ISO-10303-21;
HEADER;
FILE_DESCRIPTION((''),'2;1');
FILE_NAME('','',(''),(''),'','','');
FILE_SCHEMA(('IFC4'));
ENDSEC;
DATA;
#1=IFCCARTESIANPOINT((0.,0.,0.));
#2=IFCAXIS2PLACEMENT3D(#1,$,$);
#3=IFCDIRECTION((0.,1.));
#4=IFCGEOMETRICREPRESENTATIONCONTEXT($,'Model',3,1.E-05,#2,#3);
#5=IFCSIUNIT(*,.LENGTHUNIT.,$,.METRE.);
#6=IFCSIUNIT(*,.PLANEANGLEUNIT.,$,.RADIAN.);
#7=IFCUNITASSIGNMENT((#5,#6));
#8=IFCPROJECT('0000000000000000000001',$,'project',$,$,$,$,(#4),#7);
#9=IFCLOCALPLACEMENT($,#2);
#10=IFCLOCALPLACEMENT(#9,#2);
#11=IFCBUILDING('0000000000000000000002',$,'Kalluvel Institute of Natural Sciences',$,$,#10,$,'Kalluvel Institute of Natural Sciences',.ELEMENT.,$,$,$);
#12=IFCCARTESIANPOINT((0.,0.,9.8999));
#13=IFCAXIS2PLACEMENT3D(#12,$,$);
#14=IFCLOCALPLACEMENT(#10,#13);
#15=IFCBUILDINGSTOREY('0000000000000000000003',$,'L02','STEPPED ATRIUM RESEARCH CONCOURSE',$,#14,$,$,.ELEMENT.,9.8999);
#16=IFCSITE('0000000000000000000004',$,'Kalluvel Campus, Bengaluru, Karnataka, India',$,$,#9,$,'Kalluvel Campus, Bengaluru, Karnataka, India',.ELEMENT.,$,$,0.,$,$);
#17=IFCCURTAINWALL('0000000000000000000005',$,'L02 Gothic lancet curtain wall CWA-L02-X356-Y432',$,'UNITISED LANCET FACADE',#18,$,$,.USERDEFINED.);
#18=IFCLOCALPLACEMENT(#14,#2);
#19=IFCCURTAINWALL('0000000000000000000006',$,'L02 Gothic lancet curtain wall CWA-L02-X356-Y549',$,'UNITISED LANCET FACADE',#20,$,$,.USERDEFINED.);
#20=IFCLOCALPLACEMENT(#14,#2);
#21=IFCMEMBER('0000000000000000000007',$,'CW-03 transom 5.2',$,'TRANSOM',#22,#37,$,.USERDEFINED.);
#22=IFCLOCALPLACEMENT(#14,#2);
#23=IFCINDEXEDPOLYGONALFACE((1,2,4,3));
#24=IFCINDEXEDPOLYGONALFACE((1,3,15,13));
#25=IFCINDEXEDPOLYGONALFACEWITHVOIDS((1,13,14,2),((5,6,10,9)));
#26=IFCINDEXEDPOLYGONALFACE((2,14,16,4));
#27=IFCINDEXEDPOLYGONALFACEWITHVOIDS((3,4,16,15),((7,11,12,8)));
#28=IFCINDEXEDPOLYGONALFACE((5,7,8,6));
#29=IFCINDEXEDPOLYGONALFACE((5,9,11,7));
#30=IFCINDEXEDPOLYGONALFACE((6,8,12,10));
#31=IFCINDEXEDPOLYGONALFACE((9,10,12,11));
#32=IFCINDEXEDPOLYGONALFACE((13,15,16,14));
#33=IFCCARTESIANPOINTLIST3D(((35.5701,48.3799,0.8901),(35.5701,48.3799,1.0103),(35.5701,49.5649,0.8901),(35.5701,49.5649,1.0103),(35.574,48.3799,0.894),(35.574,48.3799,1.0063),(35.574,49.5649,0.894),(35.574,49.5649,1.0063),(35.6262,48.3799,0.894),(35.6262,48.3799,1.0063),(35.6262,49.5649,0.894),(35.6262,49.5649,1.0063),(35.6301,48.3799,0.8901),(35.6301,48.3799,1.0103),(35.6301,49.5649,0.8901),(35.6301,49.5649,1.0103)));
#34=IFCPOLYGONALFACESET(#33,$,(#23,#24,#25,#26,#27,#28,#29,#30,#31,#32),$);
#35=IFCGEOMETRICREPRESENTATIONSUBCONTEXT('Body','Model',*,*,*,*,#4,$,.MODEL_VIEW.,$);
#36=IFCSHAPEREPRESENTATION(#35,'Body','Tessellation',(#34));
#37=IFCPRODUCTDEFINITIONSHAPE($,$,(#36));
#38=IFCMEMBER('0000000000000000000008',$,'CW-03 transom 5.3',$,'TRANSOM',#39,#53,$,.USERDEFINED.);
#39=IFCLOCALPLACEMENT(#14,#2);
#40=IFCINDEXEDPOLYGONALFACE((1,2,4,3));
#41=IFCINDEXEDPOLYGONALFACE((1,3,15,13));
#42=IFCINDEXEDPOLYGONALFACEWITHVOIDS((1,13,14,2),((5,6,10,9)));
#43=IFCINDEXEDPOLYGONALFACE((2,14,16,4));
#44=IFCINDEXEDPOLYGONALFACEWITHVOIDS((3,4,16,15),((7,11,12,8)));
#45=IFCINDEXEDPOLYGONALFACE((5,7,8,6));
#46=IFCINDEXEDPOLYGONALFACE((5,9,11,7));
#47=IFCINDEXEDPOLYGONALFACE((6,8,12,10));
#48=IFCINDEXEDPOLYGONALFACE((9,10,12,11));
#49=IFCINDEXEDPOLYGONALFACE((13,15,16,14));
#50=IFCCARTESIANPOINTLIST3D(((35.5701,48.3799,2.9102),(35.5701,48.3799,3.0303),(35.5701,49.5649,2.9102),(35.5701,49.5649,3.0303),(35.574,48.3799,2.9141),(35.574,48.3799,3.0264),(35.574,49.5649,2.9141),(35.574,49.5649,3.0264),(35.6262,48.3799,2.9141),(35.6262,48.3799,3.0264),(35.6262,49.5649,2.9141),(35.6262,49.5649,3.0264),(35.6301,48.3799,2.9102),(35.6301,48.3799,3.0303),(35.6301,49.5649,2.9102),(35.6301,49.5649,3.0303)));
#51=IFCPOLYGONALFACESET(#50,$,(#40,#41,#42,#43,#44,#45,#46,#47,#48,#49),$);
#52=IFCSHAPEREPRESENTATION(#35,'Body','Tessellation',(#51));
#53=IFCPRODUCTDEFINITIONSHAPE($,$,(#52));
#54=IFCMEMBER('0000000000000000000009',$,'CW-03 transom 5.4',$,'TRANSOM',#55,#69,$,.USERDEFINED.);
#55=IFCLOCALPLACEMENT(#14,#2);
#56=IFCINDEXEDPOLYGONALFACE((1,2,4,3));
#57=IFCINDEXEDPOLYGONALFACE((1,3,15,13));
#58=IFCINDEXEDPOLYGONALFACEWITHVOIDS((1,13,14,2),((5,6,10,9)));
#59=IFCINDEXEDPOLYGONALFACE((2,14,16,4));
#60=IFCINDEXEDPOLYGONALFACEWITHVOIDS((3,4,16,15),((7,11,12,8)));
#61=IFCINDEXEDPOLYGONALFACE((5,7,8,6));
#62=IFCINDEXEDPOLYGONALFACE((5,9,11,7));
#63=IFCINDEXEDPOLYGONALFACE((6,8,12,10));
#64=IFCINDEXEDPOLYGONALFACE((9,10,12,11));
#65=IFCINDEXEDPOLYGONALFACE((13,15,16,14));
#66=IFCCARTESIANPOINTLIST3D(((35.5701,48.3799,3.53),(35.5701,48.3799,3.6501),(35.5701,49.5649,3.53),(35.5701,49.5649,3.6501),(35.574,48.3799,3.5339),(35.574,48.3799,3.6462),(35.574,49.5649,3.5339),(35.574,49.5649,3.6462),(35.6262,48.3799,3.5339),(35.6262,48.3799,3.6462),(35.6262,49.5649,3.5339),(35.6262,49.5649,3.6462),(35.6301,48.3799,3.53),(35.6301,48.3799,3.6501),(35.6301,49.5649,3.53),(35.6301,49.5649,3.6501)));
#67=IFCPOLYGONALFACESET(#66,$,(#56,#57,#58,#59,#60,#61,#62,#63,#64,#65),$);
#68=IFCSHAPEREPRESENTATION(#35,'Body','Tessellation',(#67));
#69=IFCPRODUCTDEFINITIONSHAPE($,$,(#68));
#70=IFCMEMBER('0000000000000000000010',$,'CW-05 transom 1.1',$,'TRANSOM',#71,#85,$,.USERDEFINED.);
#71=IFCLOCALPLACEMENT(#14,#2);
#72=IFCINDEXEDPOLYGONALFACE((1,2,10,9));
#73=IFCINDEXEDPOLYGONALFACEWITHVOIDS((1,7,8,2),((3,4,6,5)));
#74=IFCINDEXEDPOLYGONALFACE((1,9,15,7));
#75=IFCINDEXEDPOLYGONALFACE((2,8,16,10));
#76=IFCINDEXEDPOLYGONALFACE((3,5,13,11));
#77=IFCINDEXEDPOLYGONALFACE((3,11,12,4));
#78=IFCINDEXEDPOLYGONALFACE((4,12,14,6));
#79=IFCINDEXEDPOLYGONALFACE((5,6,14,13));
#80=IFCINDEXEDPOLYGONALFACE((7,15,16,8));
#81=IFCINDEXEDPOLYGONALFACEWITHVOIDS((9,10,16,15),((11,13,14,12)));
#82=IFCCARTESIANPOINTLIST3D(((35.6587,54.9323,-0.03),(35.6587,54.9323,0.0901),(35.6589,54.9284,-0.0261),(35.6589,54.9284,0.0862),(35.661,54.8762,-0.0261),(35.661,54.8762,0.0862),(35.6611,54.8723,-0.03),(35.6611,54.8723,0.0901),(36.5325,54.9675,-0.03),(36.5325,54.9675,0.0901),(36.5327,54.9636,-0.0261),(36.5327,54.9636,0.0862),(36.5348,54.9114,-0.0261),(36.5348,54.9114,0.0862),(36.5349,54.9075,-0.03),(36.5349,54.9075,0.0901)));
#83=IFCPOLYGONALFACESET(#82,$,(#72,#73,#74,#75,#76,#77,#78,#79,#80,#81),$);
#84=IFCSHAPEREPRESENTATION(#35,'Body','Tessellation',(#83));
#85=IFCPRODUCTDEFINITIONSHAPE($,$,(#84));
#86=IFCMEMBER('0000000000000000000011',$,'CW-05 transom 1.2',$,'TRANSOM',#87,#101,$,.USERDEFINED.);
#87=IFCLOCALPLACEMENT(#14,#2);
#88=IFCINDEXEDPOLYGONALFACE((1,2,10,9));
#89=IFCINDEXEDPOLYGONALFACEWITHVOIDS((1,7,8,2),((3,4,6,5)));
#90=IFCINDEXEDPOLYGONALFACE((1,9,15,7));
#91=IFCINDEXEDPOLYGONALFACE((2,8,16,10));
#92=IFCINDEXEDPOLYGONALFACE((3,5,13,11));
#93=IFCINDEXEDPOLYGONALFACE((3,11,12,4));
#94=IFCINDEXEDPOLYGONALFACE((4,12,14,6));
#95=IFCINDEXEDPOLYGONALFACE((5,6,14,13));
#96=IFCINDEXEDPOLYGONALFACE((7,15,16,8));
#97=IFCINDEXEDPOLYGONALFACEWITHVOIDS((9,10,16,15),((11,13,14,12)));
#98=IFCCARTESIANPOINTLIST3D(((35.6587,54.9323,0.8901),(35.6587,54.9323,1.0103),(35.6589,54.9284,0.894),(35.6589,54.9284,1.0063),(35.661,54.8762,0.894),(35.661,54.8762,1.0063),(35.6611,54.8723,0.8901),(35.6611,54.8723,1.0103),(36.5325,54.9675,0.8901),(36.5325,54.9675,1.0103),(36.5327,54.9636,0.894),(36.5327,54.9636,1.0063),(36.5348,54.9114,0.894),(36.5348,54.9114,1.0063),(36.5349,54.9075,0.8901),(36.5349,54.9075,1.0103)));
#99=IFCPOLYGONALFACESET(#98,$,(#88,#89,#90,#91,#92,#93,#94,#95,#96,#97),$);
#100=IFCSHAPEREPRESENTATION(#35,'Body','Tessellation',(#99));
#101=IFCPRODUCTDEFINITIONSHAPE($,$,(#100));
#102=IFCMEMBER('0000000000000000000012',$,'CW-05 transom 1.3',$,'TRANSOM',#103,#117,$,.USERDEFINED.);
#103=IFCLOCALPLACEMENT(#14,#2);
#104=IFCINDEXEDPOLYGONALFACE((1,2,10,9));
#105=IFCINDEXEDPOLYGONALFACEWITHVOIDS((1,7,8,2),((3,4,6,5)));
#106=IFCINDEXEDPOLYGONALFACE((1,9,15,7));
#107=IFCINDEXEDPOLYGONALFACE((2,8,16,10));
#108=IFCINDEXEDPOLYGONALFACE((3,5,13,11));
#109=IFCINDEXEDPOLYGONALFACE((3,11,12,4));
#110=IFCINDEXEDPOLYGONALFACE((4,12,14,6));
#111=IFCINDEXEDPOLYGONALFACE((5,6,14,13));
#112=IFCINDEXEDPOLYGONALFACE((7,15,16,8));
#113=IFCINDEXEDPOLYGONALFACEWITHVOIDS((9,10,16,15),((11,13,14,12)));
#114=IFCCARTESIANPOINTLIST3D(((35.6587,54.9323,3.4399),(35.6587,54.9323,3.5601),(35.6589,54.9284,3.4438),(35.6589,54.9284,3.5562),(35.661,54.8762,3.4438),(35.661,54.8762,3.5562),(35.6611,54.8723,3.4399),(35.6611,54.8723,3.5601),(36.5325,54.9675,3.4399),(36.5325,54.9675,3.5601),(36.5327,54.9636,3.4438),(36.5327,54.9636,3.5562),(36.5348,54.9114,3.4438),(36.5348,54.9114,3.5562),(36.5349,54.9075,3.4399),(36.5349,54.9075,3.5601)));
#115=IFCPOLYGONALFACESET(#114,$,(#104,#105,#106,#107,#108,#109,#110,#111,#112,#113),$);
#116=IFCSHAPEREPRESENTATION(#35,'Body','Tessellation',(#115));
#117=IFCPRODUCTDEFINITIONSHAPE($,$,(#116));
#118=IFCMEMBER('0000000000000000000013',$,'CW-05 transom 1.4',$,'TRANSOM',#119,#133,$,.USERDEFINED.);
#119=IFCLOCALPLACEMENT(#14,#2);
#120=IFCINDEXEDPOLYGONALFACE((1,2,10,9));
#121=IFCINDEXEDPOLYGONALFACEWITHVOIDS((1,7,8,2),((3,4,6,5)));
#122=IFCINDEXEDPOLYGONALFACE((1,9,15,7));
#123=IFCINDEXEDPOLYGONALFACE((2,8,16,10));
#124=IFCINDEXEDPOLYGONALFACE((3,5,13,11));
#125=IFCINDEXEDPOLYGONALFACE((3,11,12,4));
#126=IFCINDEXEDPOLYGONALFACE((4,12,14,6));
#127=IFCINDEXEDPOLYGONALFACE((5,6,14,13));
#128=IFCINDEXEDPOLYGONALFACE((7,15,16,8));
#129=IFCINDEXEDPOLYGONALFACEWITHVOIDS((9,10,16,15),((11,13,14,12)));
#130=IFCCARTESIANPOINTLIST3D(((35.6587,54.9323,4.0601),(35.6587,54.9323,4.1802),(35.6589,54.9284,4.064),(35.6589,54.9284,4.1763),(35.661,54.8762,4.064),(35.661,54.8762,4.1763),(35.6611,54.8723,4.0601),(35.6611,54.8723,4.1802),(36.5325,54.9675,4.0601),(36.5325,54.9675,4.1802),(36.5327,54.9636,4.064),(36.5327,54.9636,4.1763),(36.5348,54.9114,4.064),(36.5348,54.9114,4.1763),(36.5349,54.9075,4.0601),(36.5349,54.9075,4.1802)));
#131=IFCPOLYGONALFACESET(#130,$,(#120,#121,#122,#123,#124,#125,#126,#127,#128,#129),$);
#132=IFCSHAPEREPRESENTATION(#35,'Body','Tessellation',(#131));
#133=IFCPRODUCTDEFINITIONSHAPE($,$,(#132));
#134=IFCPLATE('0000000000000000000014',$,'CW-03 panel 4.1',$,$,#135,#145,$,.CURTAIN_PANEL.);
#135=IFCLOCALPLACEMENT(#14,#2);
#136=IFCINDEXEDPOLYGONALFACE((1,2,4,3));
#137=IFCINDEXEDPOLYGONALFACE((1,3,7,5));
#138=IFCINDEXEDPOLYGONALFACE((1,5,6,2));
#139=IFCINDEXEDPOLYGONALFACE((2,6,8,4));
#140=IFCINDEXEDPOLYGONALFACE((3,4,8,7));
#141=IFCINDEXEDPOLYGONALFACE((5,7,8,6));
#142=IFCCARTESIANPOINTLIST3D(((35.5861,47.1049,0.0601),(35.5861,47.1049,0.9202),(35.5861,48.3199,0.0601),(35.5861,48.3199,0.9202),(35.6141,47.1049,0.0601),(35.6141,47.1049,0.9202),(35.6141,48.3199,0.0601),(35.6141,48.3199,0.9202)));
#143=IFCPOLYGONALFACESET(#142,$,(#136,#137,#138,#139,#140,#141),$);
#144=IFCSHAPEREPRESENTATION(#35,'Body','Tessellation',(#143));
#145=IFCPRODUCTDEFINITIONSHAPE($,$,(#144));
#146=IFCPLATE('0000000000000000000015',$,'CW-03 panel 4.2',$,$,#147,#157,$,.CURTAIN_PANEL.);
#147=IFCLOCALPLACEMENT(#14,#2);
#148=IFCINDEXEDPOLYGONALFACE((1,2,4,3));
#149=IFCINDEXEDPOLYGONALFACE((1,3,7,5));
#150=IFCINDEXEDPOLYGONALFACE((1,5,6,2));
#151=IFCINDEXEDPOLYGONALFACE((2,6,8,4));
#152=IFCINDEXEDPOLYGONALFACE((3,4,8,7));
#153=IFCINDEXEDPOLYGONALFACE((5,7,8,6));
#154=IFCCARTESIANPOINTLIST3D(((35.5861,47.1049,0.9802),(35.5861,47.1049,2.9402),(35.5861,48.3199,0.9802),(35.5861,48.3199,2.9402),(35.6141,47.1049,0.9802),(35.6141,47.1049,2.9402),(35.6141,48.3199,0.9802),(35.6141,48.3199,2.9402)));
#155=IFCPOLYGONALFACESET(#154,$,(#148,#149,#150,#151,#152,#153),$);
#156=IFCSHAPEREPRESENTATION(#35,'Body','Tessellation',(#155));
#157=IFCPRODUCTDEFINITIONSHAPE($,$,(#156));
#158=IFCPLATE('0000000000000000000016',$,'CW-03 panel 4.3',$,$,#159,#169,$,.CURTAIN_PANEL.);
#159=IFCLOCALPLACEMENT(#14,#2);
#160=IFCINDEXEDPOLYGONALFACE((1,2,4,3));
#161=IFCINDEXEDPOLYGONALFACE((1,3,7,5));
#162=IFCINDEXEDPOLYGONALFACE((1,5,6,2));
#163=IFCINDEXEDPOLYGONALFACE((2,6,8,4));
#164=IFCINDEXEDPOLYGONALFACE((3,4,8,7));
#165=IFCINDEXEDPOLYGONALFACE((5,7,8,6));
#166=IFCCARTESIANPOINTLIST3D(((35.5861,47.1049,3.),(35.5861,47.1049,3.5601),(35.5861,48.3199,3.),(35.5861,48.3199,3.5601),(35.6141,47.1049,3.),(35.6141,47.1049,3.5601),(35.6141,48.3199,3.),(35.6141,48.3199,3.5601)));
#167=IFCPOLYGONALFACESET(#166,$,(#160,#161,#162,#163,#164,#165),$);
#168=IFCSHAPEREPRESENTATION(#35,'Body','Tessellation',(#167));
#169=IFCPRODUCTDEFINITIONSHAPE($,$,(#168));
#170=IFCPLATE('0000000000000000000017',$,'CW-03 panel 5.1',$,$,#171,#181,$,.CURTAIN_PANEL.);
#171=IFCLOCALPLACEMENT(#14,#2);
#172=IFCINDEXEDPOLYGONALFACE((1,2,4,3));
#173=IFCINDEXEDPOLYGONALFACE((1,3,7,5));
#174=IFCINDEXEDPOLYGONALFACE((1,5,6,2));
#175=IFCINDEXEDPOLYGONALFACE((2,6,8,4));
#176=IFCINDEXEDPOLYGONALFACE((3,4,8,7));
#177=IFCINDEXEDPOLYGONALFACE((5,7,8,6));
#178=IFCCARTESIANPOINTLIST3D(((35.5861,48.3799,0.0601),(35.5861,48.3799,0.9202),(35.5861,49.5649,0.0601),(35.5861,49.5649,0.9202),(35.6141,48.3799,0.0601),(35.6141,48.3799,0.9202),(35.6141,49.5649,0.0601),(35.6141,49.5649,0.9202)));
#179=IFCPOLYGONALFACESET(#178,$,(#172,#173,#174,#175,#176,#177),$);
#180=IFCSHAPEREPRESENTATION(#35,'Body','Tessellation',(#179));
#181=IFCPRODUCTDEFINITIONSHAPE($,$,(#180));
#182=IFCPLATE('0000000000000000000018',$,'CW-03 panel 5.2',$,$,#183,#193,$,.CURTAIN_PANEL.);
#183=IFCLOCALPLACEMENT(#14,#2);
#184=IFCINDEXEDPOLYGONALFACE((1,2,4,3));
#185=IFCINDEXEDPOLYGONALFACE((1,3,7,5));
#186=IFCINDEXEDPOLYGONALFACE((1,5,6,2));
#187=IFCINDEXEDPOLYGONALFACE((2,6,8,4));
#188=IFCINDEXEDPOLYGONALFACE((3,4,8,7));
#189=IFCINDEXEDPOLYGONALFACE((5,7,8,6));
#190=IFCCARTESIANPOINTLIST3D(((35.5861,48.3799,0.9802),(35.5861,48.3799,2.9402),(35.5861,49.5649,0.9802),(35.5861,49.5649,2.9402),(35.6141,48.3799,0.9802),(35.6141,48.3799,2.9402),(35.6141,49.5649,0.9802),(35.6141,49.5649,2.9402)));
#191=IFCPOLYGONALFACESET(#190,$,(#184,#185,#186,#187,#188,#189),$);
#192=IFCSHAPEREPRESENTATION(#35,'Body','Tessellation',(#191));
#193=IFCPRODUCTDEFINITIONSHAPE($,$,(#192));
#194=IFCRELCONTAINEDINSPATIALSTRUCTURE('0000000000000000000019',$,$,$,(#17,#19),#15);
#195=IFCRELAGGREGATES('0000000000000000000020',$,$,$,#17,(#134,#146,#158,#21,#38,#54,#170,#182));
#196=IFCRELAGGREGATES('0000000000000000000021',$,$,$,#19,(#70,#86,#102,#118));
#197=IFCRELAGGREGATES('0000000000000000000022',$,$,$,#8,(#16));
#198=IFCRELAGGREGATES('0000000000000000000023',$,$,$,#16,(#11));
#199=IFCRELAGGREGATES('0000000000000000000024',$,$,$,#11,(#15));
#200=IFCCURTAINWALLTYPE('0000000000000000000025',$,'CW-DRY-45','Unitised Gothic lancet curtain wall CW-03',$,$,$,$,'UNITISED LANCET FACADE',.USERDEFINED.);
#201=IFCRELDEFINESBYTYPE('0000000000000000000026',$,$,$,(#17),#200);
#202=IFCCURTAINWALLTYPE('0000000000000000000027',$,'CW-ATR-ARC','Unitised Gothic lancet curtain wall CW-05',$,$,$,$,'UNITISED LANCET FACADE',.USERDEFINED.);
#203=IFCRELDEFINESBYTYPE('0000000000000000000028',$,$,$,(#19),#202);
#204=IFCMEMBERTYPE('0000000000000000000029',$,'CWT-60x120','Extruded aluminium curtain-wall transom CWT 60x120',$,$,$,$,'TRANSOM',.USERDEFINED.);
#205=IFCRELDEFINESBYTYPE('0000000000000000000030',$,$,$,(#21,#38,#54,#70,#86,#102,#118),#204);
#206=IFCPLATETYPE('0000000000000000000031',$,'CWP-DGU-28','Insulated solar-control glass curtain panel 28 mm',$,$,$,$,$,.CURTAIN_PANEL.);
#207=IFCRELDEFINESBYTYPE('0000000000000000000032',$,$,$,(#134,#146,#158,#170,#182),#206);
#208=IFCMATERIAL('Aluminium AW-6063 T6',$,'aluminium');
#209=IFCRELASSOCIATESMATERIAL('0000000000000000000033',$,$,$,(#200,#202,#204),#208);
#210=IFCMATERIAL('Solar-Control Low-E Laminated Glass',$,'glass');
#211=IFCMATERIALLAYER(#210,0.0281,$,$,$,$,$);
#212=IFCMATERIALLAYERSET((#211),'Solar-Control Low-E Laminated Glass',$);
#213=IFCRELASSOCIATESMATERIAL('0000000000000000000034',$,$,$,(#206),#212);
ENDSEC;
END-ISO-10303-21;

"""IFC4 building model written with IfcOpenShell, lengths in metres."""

from ifc_helpers import new_model, si_unit, direction, frame, origin, origin_2d, place, context, subcontext, project, spatial, rectangle, hollow_rectangle, extrude, material, layer, layer_set, material_profile, profile_set, type_object, element, aggregate, save


model = new_model("IFC4")

# Units and contexts
model_context = context("Model", 3, precision=1e-05, world=origin(), true_north=direction((0.0, 1.0)))
body_context = subcontext(model_context, "Body", "Model", "MODEL_VIEW")
ifc_project = project(units=[si_unit("LENGTHUNIT", "METRE"), si_unit("PLANEANGLEUNIT", "RADIAN")], contexts=[model_context])

# Site, building, storey
site_placement = place(None, origin())
site = spatial("IfcSite", under=ifc_project, at=site_placement, Name="Kalluvel Campus, Bengaluru, Karnataka, India", LongName="Kalluvel Campus, Bengaluru, Karnataka, India", CompositionType="ELEMENT", RefElevation=0.0)
building_placement = place(site_placement, origin())
building = spatial("IfcBuilding", under=site, at=building_placement, Name="Kalluvel Institute of Natural Sciences", LongName="Kalluvel Institute of Natural Sciences", CompositionType="ELEMENT")
storey_placement = place(building_placement, frame((0.0, 0.0, 9.8999)))
storey = spatial("IfcBuildingStorey", under=building, at=storey_placement, Name="L02", Description="STEPPED ATRIUM RESEARCH CONCOURSE", CompositionType="ELEMENT", Elevation=9.8999)

# Curtain wall
ifc_material_1 = material(Name="Aluminium AW-6063 T6", Category="aluminium")
curtain_wall_type_1 = type_object("IfcCurtainWallType", Name="CW-DRY-45", Description="Unitised Gothic lancet curtain wall CW-03", ElementType="UNITISED LANCET FACADE", PredefinedType="USERDEFINED", material=ifc_material_1)
curtain_wall_1_placement = place(storey_placement, origin())
curtain_wall_1 = element("IfcCurtainWall", 1, at=curtain_wall_1_placement, inside=storey, type_object=curtain_wall_type_1, Name="L02 Gothic lancet curtain wall CWA-L02-X356-Y432", ObjectType="UNITISED LANCET FACADE", PredefinedType="USERDEFINED")

# Curtain wall
curtain_wall_type_2 = type_object("IfcCurtainWallType", Name="CW-ATR-ARC", Description="Unitised Gothic lancet curtain wall CW-05", ElementType="UNITISED LANCET FACADE", PredefinedType="USERDEFINED", material=ifc_material_1)
curtain_wall_2_placement = place(storey_placement, origin())
curtain_wall_2 = element("IfcCurtainWall", 2, at=curtain_wall_2_placement, inside=storey, type_object=curtain_wall_type_2, Name="L02 Gothic lancet curtain wall CWA-L02-X356-Y549", ObjectType="UNITISED LANCET FACADE", PredefinedType="USERDEFINED")

# Members
ifc_material_profile_1 = material_profile(ifc_material_1, hollow_rectangle(XDim=0.0601, YDim=0.1201, WallThickness=0.0039, at=origin_2d()), Name="CWT 60x120")
ifc_profile_set_1 = profile_set([ifc_material_profile_1], Name="Aluminium AW-6063 T6")
member_type_1 = type_object("IfcMemberType", Name="CWT-60x120", Description="Extruded aluminium curtain-wall transom CWT 60x120", ElementType="TRANSOM", PredefinedType="USERDEFINED", material=ifc_profile_set_1)
member_1_placement = place(storey_placement, frame((35.6001, 48.3799, 0.9502), z_axis=(0.0, 1.0, 0.0), x_axis=(-1.0, 0.0, 0.0)))
member_1 = element("IfcMember", 3, at=member_1_placement, type_object=member_type_1, Name="CW-03 transom 5.2", ObjectType="TRANSOM", PredefinedType="USERDEFINED", context=body_context, shape_type="SweptSolid", body=[
    extrude(hollow_rectangle(XDim=0.0601, YDim=0.1201, WallThickness=0.0039, at=origin_2d()), origin(), (0.0, 0.0, 1.0), 1.1851),
])
member_2_placement = place(storey_placement, frame((35.6001, 48.3799, 2.9702), z_axis=(0.0, 1.0, 0.0), x_axis=(-1.0, 0.0, 0.0)))
member_2 = element("IfcMember", 4, at=member_2_placement, type_object=member_type_1, Name="CW-03 transom 5.3", ObjectType="TRANSOM", PredefinedType="USERDEFINED", context=body_context, shape_type="SweptSolid", body=[
    extrude(hollow_rectangle(XDim=0.0601, YDim=0.1201, WallThickness=0.0039, at=origin_2d()), origin(), (0.0, 0.0, 1.0), 1.1851),
])
member_3_placement = place(storey_placement, frame((35.6001, 48.3799, 3.5901), z_axis=(0.0, 1.0, 0.0), x_axis=(-1.0, 0.0, 0.0)))
member_3 = element("IfcMember", 5, at=member_3_placement, type_object=member_type_1, Name="CW-03 transom 5.4", ObjectType="TRANSOM", PredefinedType="USERDEFINED", context=body_context, shape_type="SweptSolid", body=[
    extrude(hollow_rectangle(XDim=0.0601, YDim=0.1201, WallThickness=0.0039, at=origin_2d()), origin(), (0.0, 0.0, 1.0), 1.1851),
])
member_4_placement = place(storey_placement, frame((35.6599, 54.9023, 0.03), z_axis=(0.999192, 0.040202, 0.0), x_axis=(-0.040202, 0.999192, 0.0)))
member_4 = element("IfcMember", 6, at=member_4_placement, type_object=member_type_1, Name="CW-05 transom 1.1", ObjectType="TRANSOM", PredefinedType="USERDEFINED", context=body_context, shape_type="SweptSolid", body=[
    extrude(hollow_rectangle(XDim=0.0601, YDim=0.1201, WallThickness=0.0039, at=origin_2d()), origin(), (0.0, 0.0, 1.0), 0.8745),
])
member_5_placement = place(storey_placement, frame((35.6599, 54.9023, 0.9502), z_axis=(0.999192, 0.040202, 0.0), x_axis=(-0.040202, 0.999192, 0.0)))
member_5 = element("IfcMember", 7, at=member_5_placement, type_object=member_type_1, Name="CW-05 transom 1.2", ObjectType="TRANSOM", PredefinedType="USERDEFINED", context=body_context, shape_type="SweptSolid", body=[
    extrude(hollow_rectangle(XDim=0.0601, YDim=0.1201, WallThickness=0.0039, at=origin_2d()), origin(), (0.0, 0.0, 1.0), 0.8745),
])
member_6_placement = place(storey_placement, frame((35.6599, 54.9023, 3.5), z_axis=(0.999192, 0.040202, 0.0), x_axis=(-0.040202, 0.999192, 0.0)))
member_6 = element("IfcMember", 8, at=member_6_placement, type_object=member_type_1, Name="CW-05 transom 1.3", ObjectType="TRANSOM", PredefinedType="USERDEFINED", context=body_context, shape_type="SweptSolid", body=[
    extrude(hollow_rectangle(XDim=0.0601, YDim=0.1201, WallThickness=0.0039, at=origin_2d()), origin(), (0.0, 0.0, 1.0), 0.8745),
])
member_7_placement = place(storey_placement, frame((35.6599, 54.9023, 4.1201), z_axis=(0.999192, 0.040202, 0.0), x_axis=(-0.040202, 0.999192, 0.0)))
member_7 = element("IfcMember", 9, at=member_7_placement, type_object=member_type_1, Name="CW-05 transom 1.4", ObjectType="TRANSOM", PredefinedType="USERDEFINED", context=body_context, shape_type="SweptSolid", body=[
    extrude(hollow_rectangle(XDim=0.0601, YDim=0.1201, WallThickness=0.0039, at=origin_2d()), origin(), (0.0, 0.0, 1.0), 0.8745),
])

# Plates
ifc_material_2 = material(Name="Solar-Control Low-E Laminated Glass", Category="glass")
ifc_layer_1 = layer(ifc_material_2, 0.0281)
ifc_layer_set_1 = layer_set([ifc_layer_1], Name="Solar-Control Low-E Laminated Glass")
plate_type_1 = type_object("IfcPlateType", Name="CWP-DGU-28", Description="Insulated solar-control glass curtain panel 28 mm", PredefinedType="CURTAIN_PANEL", material=ifc_layer_set_1)
plate_1_placement = place(storey_placement, frame((35.6001, 47.7124, 0.0601), z_axis=(0.0, 0.0, 1.0), x_axis=(0.0, 1.0, 0.0)))
plate_1 = element("IfcPlate", 10, at=plate_1_placement, type_object=plate_type_1, Name="CW-03 panel 4.1", PredefinedType="CURTAIN_PANEL", context=body_context, shape_type="SweptSolid", body=[
    extrude(rectangle(XDim=1.2151, YDim=0.0281, at=origin_2d()), origin(), (0.0, 0.0, 1.0), 0.8601),
])
plate_2_placement = place(storey_placement, frame((35.6001, 47.7124, 0.9802), z_axis=(0.0, 0.0, 1.0), x_axis=(0.0, 1.0, 0.0)))
plate_2 = element("IfcPlate", 11, at=plate_2_placement, type_object=plate_type_1, Name="CW-03 panel 4.2", PredefinedType="CURTAIN_PANEL", context=body_context, shape_type="SweptSolid", body=[
    extrude(rectangle(XDim=1.2151, YDim=0.0281, at=origin_2d()), origin(), (0.0, 0.0, 1.0), 1.96),
])
plate_3_placement = place(storey_placement, frame((35.6001, 47.7124, 3.0), z_axis=(0.0, 0.0, 1.0), x_axis=(0.0, 1.0, 0.0)))
plate_3 = element("IfcPlate", 12, at=plate_3_placement, type_object=plate_type_1, Name="CW-03 panel 4.3", PredefinedType="CURTAIN_PANEL", context=body_context, shape_type="SweptSolid", body=[
    extrude(rectangle(XDim=1.2151, YDim=0.0281, at=origin_2d()), origin(), (0.0, 0.0, 1.0), 0.5601),
])
plate_4_placement = place(storey_placement, frame((35.6001, 48.9724, 0.0601), z_axis=(0.0, 0.0, 1.0), x_axis=(0.0, 1.0, 0.0)))
plate_4 = element("IfcPlate", 13, at=plate_4_placement, type_object=plate_type_1, Name="CW-03 panel 5.1", PredefinedType="CURTAIN_PANEL", context=body_context, shape_type="SweptSolid", body=[
    extrude(rectangle(XDim=1.1851, YDim=0.0281, at=origin_2d()), origin(), (0.0, 0.0, 1.0), 0.8601),
])
plate_5_placement = place(storey_placement, frame((35.6001, 48.9724, 0.9802), z_axis=(0.0, 0.0, 1.0), x_axis=(0.0, 1.0, 0.0)))
plate_5 = element("IfcPlate", 14, at=plate_5_placement, type_object=plate_type_1, Name="CW-03 panel 5.2", PredefinedType="CURTAIN_PANEL", context=body_context, shape_type="SweptSolid", body=[
    extrude(rectangle(XDim=1.1851, YDim=0.0281, at=origin_2d()), origin(), (0.0, 0.0, 1.0), 1.96),
])
aggregate(curtain_wall_1, [plate_1, plate_2, plate_3, member_1, member_2, member_3, plate_4, plate_5])
aggregate(curtain_wall_2, [member_4, member_5, member_6, member_7])

save(model, "model.ifc")
